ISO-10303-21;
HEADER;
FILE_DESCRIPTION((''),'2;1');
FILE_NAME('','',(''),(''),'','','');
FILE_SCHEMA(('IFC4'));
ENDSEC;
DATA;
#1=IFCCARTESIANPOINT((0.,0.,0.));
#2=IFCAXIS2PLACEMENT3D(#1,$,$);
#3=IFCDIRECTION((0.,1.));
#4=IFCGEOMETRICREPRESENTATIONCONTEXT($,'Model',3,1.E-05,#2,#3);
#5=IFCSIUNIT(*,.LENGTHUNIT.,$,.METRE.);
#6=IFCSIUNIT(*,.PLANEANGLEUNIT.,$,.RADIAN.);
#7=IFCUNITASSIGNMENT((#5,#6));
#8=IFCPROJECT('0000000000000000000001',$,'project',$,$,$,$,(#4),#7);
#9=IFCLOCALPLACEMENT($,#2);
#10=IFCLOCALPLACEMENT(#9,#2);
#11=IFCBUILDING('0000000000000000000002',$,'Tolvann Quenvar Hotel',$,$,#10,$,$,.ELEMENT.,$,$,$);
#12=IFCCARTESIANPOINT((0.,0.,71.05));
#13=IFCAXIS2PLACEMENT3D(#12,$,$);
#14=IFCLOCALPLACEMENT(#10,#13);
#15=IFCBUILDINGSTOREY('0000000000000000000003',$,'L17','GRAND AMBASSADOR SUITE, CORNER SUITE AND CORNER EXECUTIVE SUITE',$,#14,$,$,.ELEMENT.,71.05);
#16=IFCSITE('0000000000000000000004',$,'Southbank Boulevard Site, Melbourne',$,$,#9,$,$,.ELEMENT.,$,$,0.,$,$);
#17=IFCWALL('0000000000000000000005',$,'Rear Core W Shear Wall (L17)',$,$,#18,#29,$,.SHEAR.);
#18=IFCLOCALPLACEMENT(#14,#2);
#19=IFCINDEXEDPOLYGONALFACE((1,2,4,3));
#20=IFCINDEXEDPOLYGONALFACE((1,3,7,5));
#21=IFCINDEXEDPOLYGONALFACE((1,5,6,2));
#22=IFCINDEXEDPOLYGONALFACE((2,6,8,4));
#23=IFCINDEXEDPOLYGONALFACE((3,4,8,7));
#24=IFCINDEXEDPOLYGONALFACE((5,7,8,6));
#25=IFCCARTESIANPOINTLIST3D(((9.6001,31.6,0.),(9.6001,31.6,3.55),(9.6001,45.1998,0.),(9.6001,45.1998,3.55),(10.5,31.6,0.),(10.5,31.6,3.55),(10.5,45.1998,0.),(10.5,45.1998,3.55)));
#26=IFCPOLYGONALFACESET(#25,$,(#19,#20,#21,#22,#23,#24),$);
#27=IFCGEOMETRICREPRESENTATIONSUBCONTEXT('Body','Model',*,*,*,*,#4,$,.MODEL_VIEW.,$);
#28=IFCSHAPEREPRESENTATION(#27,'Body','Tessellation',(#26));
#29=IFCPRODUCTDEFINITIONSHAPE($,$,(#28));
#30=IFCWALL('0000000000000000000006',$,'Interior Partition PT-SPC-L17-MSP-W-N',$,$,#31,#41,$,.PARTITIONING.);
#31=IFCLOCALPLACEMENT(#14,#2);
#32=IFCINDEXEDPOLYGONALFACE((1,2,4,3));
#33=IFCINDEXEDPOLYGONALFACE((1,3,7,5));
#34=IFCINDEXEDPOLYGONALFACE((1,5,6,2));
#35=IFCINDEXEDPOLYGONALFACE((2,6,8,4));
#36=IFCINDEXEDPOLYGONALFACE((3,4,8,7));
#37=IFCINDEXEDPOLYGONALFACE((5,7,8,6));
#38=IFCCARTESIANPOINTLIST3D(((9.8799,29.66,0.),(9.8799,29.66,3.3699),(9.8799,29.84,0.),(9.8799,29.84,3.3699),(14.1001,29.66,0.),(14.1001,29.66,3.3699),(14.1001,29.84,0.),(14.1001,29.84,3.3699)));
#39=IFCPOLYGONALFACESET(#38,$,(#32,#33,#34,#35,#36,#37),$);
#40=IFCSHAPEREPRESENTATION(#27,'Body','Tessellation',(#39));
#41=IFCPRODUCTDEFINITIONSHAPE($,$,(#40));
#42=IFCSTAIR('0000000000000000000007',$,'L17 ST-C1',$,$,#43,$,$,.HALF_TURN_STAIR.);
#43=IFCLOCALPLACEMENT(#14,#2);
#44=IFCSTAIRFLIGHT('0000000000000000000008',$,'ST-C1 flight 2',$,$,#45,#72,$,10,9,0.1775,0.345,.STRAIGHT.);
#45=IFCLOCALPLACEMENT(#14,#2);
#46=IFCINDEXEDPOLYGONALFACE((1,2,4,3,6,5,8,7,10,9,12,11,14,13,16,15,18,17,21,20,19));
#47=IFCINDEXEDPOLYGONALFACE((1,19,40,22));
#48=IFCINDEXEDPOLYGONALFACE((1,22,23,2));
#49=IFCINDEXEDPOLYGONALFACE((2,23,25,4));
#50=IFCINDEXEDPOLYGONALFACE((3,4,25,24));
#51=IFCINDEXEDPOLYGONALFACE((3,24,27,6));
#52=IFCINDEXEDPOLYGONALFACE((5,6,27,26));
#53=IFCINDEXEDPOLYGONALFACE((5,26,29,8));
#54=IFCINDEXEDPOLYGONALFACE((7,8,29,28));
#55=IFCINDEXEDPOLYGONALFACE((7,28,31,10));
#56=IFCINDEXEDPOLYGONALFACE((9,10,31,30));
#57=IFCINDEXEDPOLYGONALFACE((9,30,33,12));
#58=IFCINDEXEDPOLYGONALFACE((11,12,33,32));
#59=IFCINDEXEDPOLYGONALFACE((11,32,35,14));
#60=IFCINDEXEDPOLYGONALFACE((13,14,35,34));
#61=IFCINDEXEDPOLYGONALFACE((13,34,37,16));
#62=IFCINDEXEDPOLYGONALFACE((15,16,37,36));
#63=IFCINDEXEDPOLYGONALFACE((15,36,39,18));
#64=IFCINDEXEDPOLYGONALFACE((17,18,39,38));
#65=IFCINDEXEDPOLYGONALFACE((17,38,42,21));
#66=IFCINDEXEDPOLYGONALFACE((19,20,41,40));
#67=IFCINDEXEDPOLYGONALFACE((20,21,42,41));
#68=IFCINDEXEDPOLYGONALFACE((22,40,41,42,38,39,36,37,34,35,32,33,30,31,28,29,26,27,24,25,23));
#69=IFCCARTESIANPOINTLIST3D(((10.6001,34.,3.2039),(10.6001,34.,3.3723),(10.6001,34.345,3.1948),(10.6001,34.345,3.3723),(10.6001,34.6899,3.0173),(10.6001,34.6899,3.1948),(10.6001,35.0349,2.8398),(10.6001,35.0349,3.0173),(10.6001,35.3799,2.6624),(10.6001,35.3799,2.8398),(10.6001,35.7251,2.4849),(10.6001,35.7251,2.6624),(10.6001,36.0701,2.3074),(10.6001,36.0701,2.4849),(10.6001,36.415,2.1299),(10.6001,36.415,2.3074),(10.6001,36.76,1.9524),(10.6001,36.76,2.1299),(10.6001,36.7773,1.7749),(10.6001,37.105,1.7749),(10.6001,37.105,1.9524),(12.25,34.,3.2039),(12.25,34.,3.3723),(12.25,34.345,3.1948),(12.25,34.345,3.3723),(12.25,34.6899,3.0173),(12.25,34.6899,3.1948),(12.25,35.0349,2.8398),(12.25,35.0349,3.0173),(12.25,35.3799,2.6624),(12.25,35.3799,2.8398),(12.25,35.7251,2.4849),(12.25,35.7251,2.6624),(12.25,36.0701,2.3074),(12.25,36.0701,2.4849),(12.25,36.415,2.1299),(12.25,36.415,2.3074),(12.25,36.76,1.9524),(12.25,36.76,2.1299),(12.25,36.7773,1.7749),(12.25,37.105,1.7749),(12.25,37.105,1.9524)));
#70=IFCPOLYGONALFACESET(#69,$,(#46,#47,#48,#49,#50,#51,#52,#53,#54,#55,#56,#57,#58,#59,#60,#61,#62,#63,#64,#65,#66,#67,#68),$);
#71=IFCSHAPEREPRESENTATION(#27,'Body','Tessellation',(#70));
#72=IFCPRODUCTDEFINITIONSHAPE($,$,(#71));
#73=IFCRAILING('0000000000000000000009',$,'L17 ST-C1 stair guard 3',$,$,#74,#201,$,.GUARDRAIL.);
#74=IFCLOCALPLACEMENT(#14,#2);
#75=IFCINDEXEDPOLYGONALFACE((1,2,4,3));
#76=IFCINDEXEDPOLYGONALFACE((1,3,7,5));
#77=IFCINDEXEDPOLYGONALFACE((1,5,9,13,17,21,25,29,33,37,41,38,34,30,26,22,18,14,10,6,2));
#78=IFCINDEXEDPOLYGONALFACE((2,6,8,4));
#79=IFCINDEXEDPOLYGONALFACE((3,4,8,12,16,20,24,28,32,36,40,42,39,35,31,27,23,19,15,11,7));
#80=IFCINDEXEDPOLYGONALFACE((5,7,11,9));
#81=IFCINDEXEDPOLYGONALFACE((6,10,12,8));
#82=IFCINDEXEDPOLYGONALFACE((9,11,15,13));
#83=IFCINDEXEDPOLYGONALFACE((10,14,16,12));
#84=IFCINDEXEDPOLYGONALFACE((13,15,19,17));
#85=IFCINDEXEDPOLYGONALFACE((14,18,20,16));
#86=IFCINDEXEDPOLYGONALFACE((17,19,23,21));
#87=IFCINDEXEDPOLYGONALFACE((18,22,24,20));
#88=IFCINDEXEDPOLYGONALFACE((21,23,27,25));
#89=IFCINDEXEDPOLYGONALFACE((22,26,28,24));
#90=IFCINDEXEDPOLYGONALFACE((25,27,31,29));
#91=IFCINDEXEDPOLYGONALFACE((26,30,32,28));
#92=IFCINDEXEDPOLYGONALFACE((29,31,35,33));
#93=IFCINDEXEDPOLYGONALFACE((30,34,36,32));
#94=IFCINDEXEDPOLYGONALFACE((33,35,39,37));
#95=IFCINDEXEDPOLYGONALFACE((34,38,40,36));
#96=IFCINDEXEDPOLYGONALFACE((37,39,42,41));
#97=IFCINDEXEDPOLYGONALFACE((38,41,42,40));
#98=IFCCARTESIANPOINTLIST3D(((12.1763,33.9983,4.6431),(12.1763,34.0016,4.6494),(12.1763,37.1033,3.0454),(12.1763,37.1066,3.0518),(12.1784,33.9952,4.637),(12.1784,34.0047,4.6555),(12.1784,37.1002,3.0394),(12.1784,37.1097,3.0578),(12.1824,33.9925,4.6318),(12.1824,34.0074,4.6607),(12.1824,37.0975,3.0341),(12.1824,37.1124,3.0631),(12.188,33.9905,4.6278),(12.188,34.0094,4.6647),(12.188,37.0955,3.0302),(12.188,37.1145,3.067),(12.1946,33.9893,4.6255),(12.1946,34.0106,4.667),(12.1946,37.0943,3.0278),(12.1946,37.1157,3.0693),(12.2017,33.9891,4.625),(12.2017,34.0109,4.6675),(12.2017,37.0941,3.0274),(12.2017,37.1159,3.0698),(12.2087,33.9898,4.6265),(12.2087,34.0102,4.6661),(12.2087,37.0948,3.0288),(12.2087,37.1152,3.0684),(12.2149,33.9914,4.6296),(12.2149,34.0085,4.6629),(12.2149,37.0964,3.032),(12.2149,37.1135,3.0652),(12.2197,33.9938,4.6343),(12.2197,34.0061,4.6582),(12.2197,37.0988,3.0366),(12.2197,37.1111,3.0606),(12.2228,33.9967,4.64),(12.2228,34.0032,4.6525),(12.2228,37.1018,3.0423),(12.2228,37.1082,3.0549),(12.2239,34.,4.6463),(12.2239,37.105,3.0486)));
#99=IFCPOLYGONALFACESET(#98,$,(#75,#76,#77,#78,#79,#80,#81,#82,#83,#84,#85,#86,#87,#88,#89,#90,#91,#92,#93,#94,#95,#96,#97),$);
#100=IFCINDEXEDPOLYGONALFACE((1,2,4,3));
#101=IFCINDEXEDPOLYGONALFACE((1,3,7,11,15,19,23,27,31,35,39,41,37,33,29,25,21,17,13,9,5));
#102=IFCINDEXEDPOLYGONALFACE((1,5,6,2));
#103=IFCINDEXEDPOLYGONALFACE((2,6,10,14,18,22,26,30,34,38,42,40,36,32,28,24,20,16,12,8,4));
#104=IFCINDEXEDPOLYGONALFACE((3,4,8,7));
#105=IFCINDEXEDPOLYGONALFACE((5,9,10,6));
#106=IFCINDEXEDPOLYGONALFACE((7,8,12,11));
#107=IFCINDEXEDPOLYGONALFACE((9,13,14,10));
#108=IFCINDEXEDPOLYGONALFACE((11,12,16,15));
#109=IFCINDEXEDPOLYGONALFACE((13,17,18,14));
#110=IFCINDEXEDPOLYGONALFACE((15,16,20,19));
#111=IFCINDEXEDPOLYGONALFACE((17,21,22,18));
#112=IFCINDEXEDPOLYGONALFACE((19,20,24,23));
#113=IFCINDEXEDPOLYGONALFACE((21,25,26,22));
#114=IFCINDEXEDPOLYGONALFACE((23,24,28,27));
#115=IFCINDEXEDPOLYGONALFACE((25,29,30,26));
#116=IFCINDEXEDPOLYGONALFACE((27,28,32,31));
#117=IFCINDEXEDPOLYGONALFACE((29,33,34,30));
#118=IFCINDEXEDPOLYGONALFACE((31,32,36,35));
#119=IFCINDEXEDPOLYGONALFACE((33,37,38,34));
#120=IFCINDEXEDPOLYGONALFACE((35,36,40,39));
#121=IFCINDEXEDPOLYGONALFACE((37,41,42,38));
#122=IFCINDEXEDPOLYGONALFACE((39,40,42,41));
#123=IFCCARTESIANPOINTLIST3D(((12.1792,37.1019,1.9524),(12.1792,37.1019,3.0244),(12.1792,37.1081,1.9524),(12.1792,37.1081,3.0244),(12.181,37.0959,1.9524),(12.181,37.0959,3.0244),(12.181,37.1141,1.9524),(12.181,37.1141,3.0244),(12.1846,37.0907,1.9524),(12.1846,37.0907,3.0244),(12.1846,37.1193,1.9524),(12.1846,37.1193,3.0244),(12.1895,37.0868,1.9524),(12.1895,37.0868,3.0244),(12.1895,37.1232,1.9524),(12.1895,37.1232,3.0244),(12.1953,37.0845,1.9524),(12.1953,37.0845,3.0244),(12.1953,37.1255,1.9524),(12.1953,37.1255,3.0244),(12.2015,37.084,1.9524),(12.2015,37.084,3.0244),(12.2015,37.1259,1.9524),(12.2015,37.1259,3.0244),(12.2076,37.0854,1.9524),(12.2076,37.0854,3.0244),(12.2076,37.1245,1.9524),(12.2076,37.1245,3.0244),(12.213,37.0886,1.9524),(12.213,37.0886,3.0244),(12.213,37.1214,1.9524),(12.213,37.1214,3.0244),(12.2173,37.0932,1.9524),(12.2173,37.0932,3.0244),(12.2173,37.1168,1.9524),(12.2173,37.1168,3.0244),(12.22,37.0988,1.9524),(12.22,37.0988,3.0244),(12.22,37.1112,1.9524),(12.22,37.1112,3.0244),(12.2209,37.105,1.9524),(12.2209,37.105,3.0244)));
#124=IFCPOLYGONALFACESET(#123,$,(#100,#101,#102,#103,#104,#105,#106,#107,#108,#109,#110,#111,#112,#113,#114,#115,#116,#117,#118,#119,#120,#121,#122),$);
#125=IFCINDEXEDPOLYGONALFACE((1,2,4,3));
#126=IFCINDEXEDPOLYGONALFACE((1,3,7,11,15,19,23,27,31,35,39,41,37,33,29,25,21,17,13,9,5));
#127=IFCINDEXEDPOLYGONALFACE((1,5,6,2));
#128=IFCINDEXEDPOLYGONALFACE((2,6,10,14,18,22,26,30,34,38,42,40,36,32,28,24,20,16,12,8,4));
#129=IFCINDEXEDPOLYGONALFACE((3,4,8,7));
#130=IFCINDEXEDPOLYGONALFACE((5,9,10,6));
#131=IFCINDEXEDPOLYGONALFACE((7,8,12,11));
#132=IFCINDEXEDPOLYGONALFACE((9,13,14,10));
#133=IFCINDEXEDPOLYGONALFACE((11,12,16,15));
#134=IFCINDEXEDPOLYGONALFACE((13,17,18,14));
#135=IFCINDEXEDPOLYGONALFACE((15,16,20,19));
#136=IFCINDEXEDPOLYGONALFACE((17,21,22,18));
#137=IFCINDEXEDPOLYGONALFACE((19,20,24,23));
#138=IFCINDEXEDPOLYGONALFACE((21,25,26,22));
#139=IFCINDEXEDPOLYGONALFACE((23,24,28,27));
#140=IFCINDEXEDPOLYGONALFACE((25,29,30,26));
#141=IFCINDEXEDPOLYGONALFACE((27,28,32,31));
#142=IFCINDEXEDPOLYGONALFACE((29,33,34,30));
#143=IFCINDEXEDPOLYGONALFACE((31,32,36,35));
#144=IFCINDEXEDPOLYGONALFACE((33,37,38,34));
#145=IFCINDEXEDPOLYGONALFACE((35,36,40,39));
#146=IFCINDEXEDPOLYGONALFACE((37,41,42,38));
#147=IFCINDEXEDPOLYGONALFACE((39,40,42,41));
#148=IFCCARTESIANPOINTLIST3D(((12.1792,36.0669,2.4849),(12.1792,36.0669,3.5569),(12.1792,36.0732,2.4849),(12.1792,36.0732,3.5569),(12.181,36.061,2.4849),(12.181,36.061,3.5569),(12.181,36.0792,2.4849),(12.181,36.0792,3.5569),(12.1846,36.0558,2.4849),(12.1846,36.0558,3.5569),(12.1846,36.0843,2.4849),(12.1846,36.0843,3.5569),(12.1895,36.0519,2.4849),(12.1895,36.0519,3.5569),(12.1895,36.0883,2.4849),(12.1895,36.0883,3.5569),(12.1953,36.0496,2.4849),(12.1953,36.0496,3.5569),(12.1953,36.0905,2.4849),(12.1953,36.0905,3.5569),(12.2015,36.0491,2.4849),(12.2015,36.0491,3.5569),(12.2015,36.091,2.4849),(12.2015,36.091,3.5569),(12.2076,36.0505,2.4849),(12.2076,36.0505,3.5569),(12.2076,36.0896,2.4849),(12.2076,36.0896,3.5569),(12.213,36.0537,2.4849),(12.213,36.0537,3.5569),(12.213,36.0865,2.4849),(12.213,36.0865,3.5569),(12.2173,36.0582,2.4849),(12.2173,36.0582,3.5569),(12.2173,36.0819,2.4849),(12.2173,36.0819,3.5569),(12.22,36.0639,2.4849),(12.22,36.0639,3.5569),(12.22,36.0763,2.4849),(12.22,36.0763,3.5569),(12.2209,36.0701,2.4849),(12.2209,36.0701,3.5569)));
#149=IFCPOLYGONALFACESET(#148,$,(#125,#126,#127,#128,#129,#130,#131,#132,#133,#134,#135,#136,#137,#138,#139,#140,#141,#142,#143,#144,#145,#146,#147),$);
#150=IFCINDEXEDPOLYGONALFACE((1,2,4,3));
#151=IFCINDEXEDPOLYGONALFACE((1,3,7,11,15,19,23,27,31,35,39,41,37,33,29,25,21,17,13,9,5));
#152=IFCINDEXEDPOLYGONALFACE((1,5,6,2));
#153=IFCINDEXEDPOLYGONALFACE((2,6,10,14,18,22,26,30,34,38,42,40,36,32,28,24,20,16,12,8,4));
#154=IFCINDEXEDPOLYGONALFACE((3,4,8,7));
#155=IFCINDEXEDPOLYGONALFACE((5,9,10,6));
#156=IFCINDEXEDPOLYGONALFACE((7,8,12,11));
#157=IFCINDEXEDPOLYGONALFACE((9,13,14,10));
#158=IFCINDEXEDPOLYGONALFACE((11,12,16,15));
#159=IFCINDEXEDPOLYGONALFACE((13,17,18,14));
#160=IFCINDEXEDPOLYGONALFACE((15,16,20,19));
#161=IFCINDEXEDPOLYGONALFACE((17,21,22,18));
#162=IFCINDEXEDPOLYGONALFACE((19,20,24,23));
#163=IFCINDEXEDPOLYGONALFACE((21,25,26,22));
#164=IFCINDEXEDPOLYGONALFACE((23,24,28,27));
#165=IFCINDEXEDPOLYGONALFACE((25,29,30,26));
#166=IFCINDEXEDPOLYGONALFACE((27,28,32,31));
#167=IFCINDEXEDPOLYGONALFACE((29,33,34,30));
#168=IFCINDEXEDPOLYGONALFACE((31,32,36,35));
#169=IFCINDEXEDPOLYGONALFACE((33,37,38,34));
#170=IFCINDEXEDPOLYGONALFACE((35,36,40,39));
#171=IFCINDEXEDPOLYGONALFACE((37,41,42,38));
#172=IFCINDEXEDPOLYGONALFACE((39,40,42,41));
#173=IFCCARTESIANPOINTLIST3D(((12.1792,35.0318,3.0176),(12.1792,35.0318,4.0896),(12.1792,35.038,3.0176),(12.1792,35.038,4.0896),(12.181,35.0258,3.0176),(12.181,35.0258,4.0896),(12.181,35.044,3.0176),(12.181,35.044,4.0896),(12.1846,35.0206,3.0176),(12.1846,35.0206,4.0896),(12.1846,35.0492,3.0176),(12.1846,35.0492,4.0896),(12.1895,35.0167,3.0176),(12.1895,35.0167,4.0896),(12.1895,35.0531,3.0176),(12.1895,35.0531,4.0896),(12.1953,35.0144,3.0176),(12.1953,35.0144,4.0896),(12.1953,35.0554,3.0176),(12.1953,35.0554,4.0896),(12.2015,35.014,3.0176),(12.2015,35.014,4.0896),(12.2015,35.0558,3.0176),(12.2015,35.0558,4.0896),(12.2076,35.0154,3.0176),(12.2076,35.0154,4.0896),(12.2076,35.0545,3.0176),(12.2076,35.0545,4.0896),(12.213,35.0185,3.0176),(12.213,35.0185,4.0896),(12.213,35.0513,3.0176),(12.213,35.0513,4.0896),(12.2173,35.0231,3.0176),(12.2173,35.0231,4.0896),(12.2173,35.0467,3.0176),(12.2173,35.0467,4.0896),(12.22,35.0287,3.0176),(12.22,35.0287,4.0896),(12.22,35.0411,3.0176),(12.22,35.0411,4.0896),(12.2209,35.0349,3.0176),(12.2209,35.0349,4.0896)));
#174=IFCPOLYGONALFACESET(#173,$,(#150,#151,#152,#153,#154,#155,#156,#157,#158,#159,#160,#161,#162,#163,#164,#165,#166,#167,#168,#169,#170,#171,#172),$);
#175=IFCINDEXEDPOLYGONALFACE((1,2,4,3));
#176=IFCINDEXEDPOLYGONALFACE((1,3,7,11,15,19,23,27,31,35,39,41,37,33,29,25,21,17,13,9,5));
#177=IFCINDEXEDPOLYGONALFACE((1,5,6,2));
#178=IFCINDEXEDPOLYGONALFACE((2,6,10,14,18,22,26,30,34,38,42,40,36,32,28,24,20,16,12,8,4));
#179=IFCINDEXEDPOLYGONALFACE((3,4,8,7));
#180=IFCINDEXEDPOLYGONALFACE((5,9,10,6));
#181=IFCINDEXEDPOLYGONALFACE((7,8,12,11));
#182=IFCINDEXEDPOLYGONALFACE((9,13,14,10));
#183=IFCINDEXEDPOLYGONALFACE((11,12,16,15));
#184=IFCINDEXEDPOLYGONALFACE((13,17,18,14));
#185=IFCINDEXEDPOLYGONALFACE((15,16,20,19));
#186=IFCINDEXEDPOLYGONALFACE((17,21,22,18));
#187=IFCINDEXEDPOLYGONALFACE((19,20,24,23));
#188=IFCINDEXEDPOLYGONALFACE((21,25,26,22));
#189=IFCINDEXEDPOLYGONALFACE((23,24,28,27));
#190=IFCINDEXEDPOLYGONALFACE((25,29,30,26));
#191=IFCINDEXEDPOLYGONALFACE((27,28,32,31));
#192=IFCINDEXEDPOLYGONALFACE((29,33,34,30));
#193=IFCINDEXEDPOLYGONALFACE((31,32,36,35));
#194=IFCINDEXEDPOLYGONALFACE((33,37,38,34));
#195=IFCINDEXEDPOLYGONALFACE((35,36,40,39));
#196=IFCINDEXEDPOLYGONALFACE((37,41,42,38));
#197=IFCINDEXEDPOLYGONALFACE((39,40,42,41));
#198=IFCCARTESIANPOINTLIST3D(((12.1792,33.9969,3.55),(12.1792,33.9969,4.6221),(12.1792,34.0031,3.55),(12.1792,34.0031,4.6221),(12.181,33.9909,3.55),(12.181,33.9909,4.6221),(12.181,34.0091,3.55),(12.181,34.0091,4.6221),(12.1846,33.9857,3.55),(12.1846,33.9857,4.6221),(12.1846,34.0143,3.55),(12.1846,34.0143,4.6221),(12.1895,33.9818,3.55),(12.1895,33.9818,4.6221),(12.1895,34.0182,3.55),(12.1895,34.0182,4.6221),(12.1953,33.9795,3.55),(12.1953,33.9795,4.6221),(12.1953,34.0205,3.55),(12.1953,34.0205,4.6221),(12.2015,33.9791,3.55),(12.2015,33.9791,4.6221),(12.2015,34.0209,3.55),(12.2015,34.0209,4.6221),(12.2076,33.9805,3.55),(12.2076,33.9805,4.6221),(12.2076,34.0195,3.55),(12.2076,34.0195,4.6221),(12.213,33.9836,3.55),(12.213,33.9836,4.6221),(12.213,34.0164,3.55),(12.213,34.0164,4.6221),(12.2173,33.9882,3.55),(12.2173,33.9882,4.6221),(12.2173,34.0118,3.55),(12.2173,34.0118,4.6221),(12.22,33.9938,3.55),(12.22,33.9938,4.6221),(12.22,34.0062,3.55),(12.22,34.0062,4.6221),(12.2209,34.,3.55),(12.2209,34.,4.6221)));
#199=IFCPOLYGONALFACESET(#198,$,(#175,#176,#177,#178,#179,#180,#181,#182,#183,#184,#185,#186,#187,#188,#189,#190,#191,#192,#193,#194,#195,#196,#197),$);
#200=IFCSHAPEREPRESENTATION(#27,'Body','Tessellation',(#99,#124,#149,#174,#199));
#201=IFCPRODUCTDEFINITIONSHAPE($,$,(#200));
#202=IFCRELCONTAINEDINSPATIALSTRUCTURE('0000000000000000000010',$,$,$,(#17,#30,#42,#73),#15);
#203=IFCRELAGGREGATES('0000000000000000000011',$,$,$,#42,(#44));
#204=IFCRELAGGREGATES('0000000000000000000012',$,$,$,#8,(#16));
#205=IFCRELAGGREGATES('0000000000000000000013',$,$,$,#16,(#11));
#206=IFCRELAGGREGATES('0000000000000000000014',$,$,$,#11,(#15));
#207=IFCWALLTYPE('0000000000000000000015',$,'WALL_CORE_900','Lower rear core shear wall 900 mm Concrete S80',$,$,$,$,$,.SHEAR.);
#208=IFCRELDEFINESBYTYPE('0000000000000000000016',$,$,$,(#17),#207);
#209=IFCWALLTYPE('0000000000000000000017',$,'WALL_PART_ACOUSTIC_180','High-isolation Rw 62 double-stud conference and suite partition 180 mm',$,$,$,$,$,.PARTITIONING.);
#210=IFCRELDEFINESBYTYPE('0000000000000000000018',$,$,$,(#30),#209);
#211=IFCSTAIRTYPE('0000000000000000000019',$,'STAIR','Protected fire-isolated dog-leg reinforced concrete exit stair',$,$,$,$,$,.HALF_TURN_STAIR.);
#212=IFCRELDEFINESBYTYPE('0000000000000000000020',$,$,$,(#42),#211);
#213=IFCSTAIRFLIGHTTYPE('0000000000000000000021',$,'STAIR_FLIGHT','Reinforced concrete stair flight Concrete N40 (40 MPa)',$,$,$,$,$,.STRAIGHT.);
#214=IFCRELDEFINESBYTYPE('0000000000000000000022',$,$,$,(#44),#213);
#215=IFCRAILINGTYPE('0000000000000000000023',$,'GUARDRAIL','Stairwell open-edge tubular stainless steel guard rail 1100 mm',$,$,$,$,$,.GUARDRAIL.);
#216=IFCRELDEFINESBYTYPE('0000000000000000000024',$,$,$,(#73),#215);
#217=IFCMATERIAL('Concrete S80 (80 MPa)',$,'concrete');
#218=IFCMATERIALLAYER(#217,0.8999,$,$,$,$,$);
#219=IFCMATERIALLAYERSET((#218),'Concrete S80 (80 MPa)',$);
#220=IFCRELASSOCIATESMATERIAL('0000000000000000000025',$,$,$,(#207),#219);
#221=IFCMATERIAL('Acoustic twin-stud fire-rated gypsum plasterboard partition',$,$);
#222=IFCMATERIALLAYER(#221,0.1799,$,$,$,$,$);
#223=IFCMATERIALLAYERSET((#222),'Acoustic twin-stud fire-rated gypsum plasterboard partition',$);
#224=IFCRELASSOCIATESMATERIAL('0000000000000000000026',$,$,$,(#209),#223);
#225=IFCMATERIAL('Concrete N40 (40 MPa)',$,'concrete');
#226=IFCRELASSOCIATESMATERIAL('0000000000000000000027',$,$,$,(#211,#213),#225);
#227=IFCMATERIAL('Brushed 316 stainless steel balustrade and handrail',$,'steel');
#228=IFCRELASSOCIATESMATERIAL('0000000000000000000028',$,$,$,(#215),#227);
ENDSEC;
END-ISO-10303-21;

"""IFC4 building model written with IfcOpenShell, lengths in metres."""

from ifc_helpers import new_model, si_unit, direction, frame, frame_2d, origin, origin_2d, place, context, subcontext, project, spatial, polyline, rectangle, circle, outline, extrude, material, layer, layer_set, type_object, element, aggregate, save


model = new_model("IFC4")

# Units and contexts
model_context = context("Model", 3, precision=1e-05, world=origin(), true_north=direction((0.0, 1.0)))
body_context = subcontext(model_context, "Body", "Model", "MODEL_VIEW")
ifc_project = project(units=[si_unit("LENGTHUNIT", "METRE"), si_unit("PLANEANGLEUNIT", "RADIAN")], contexts=[model_context])

# Site, building, storey
site_placement = place(None, origin())
site = spatial("IfcSite", under=ifc_project, at=site_placement, Name="Southbank Boulevard Site, Melbourne", CompositionType="ELEMENT", RefElevation=0.0)
building_placement = place(site_placement, origin())
building = spatial("IfcBuilding", under=site, at=building_placement, Name="Tolvann Quenvar Hotel", CompositionType="ELEMENT")
storey_placement = place(building_placement, frame((0.0, 0.0, 71.05)))
storey = spatial("IfcBuildingStorey", under=building, at=storey_placement, Name="L17", Description="GRAND AMBASSADOR SUITE, CORNER SUITE AND CORNER EXECUTIVE SUITE", CompositionType="ELEMENT", Elevation=71.05)

# Shared definitions
ifc_material_1 = material(Name="Concrete S80 (80 MPa)", Category="concrete")
ifc_layer_1 = layer(ifc_material_1, 0.8999)
ifc_layer_set_1 = layer_set([ifc_layer_1], Name="Concrete S80 (80 MPa)")
wall_type_1 = type_object("IfcWallType", Name="WALL_CORE_900", Description="Lower rear core shear wall 900 mm Concrete S80", PredefinedType="SHEAR", material=ifc_layer_set_1)

# Walls
wall_1_placement = place(storey_placement, frame((10.05, 31.6001, 0.0), z_axis=(0.0, 0.0, 1.0), x_axis=(0.0, 1.0, 0.0)))
element("IfcWall", 1, at=wall_1_placement, inside=storey, type_object=wall_type_1, Name="Rear Core W Shear Wall (L17)", PredefinedType="SHEAR", context=body_context, shape_type="SweptSolid", body=[
    extrude(rectangle(XDim=13.5999, YDim=0.8999, at=frame_2d((6.7998, 0.0))), origin(), (0.0, 0.0, 1.0), 3.55),
])
ifc_material_2 = material(Name="Acoustic twin-stud fire-rated gypsum plasterboard partition")
ifc_layer_2 = layer(ifc_material_2, 0.1799)
ifc_layer_set_2 = layer_set([ifc_layer_2], Name="Acoustic twin-stud fire-rated gypsum plasterboard partition")
wall_type_2 = type_object("IfcWallType", Name="WALL_PART_ACOUSTIC_180", Description="High-isolation Rw 62 double-stud conference and suite partition 180 mm", PredefinedType="PARTITIONING", material=ifc_layer_set_2)
wall_2_placement = place(storey_placement, frame((9.8799, 29.75, 0.0), z_axis=(0.0, 0.0, 1.0), x_axis=(1.0, 0.0, 0.0)))
element("IfcWall", 2, at=wall_2_placement, inside=storey, type_object=wall_type_2, Name="Interior Partition PT-SPC-L17-MSP-W-N", PredefinedType="PARTITIONING", context=body_context, shape_type="SweptSolid", body=[
    extrude(rectangle(XDim=4.2202, YDim=0.1799, at=frame_2d((2.1101, 0.0))), origin(), (0.0, 0.0, 1.0), 3.3699),
])

# Stair, stair flight
ifc_material_3 = material(Name="Concrete N40 (40 MPa)", Category="concrete")
stair_type = type_object("IfcStairType", Name="STAIR", Description="Protected fire-isolated dog-leg reinforced concrete exit stair", PredefinedType="HALF_TURN_STAIR", material=ifc_material_3)
stair_placement = place(storey_placement, origin())
stair = element("IfcStair", 3, at=stair_placement, inside=storey, type_object=stair_type, Name="L17 ST-C1", PredefinedType="HALF_TURN_STAIR")
stair_flight_type = type_object("IfcStairFlightType", Name="STAIR_FLIGHT", Description="Reinforced concrete stair flight Concrete N40 (40 MPa)", PredefinedType="STRAIGHT", material=ifc_material_3)
stair_flight_placement = place(storey_placement, frame((11.425, 37.105, 1.7749), z_axis=(0.0, 0.0, 1.0), x_axis=(0.0, -1.0, 0.0)))
stair_flight = element("IfcStairFlight", 4, at=stair_flight_placement, type_object=stair_flight_type, Name="ST-C1 flight 2", NumberOfRisers=10, NumberOfTreads=9, PredefinedType="STRAIGHT", RiserHeight=0.1775, TreadLength=0.345, context=body_context, shape_type="SweptSolid", body=[
    extrude(outline(polyline([(0.0, 0.0), (0.0, 0.1775), (0.345, 0.1775), (0.345, 0.355), (0.6899, 0.355), (0.6899, 0.5325), (1.0349, 0.5325), (1.0349, 0.71), (1.3799, 0.71), (1.3799, 0.8875), (1.7251, 0.8875), (1.7251, 1.0649), (2.0701, 1.0649), (2.0701, 1.2424), (2.415, 1.2424), (2.415, 1.4199), (2.76, 1.4199), (2.76, 1.5974), (3.105, 1.5974), (3.105, 1.7749), (3.105, 1.429), (0.3276, 0.0), (0.0, 0.0)])), frame((0.0, 0.825, 0.0), z_axis=(0.0, -1.0, 0.0), x_axis=(1.0, 0.0, 0.0)), (0.0, 0.0, 1.0), 1.6499),
])
aggregate(stair, [stair_flight])

# Railing
ifc_material_4 = material(Name="Brushed 316 stainless steel balustrade and handrail", Category="steel")
railing_type_1 = type_object("IfcRailingType", Name="GUARDRAIL", Description="Stairwell open-edge tubular stainless steel guard rail 1100 mm", PredefinedType="GUARDRAIL", material=ifc_material_4)
railing_1_placement = place(storey_placement, frame((12.2, 37.105, 1.9524)))
element("IfcRailing", 5, at=railing_1_placement, inside=storey, type_object=railing_type_1, Name="L17 ST-C1 stair guard 3", PredefinedType="GUARDRAIL", context=body_context, shape_type="SweptSolid", body=[
    extrude(circle(Radius=0.0239, at=origin_2d()), frame((0.0, 0.0, 1.0962), z_axis=(0.0, -0.889194, 0.457531), x_axis=(1.0, 0.0, 0.0)), (0.0, 0.0, 1.0), 3.4919),
    extrude(circle(Radius=0.021, at=origin_2d()), origin(), (0.0, 0.0, 1.0), 1.072),
    extrude(circle(Radius=0.021, at=origin_2d()), frame((0.0, -1.0349, 0.5325)), (0.0, 0.0, 1.0), 1.072),
    extrude(circle(Radius=0.021, at=origin_2d()), frame((0.0, -2.0701, 1.0652)), (0.0, 0.0, 1.0), 1.072),
    extrude(circle(Radius=0.021, at=origin_2d()), frame((0.0, -3.105, 1.5977)), (0.0, 0.0, 1.0), 1.072),
])

save(model, "model.ifc")
